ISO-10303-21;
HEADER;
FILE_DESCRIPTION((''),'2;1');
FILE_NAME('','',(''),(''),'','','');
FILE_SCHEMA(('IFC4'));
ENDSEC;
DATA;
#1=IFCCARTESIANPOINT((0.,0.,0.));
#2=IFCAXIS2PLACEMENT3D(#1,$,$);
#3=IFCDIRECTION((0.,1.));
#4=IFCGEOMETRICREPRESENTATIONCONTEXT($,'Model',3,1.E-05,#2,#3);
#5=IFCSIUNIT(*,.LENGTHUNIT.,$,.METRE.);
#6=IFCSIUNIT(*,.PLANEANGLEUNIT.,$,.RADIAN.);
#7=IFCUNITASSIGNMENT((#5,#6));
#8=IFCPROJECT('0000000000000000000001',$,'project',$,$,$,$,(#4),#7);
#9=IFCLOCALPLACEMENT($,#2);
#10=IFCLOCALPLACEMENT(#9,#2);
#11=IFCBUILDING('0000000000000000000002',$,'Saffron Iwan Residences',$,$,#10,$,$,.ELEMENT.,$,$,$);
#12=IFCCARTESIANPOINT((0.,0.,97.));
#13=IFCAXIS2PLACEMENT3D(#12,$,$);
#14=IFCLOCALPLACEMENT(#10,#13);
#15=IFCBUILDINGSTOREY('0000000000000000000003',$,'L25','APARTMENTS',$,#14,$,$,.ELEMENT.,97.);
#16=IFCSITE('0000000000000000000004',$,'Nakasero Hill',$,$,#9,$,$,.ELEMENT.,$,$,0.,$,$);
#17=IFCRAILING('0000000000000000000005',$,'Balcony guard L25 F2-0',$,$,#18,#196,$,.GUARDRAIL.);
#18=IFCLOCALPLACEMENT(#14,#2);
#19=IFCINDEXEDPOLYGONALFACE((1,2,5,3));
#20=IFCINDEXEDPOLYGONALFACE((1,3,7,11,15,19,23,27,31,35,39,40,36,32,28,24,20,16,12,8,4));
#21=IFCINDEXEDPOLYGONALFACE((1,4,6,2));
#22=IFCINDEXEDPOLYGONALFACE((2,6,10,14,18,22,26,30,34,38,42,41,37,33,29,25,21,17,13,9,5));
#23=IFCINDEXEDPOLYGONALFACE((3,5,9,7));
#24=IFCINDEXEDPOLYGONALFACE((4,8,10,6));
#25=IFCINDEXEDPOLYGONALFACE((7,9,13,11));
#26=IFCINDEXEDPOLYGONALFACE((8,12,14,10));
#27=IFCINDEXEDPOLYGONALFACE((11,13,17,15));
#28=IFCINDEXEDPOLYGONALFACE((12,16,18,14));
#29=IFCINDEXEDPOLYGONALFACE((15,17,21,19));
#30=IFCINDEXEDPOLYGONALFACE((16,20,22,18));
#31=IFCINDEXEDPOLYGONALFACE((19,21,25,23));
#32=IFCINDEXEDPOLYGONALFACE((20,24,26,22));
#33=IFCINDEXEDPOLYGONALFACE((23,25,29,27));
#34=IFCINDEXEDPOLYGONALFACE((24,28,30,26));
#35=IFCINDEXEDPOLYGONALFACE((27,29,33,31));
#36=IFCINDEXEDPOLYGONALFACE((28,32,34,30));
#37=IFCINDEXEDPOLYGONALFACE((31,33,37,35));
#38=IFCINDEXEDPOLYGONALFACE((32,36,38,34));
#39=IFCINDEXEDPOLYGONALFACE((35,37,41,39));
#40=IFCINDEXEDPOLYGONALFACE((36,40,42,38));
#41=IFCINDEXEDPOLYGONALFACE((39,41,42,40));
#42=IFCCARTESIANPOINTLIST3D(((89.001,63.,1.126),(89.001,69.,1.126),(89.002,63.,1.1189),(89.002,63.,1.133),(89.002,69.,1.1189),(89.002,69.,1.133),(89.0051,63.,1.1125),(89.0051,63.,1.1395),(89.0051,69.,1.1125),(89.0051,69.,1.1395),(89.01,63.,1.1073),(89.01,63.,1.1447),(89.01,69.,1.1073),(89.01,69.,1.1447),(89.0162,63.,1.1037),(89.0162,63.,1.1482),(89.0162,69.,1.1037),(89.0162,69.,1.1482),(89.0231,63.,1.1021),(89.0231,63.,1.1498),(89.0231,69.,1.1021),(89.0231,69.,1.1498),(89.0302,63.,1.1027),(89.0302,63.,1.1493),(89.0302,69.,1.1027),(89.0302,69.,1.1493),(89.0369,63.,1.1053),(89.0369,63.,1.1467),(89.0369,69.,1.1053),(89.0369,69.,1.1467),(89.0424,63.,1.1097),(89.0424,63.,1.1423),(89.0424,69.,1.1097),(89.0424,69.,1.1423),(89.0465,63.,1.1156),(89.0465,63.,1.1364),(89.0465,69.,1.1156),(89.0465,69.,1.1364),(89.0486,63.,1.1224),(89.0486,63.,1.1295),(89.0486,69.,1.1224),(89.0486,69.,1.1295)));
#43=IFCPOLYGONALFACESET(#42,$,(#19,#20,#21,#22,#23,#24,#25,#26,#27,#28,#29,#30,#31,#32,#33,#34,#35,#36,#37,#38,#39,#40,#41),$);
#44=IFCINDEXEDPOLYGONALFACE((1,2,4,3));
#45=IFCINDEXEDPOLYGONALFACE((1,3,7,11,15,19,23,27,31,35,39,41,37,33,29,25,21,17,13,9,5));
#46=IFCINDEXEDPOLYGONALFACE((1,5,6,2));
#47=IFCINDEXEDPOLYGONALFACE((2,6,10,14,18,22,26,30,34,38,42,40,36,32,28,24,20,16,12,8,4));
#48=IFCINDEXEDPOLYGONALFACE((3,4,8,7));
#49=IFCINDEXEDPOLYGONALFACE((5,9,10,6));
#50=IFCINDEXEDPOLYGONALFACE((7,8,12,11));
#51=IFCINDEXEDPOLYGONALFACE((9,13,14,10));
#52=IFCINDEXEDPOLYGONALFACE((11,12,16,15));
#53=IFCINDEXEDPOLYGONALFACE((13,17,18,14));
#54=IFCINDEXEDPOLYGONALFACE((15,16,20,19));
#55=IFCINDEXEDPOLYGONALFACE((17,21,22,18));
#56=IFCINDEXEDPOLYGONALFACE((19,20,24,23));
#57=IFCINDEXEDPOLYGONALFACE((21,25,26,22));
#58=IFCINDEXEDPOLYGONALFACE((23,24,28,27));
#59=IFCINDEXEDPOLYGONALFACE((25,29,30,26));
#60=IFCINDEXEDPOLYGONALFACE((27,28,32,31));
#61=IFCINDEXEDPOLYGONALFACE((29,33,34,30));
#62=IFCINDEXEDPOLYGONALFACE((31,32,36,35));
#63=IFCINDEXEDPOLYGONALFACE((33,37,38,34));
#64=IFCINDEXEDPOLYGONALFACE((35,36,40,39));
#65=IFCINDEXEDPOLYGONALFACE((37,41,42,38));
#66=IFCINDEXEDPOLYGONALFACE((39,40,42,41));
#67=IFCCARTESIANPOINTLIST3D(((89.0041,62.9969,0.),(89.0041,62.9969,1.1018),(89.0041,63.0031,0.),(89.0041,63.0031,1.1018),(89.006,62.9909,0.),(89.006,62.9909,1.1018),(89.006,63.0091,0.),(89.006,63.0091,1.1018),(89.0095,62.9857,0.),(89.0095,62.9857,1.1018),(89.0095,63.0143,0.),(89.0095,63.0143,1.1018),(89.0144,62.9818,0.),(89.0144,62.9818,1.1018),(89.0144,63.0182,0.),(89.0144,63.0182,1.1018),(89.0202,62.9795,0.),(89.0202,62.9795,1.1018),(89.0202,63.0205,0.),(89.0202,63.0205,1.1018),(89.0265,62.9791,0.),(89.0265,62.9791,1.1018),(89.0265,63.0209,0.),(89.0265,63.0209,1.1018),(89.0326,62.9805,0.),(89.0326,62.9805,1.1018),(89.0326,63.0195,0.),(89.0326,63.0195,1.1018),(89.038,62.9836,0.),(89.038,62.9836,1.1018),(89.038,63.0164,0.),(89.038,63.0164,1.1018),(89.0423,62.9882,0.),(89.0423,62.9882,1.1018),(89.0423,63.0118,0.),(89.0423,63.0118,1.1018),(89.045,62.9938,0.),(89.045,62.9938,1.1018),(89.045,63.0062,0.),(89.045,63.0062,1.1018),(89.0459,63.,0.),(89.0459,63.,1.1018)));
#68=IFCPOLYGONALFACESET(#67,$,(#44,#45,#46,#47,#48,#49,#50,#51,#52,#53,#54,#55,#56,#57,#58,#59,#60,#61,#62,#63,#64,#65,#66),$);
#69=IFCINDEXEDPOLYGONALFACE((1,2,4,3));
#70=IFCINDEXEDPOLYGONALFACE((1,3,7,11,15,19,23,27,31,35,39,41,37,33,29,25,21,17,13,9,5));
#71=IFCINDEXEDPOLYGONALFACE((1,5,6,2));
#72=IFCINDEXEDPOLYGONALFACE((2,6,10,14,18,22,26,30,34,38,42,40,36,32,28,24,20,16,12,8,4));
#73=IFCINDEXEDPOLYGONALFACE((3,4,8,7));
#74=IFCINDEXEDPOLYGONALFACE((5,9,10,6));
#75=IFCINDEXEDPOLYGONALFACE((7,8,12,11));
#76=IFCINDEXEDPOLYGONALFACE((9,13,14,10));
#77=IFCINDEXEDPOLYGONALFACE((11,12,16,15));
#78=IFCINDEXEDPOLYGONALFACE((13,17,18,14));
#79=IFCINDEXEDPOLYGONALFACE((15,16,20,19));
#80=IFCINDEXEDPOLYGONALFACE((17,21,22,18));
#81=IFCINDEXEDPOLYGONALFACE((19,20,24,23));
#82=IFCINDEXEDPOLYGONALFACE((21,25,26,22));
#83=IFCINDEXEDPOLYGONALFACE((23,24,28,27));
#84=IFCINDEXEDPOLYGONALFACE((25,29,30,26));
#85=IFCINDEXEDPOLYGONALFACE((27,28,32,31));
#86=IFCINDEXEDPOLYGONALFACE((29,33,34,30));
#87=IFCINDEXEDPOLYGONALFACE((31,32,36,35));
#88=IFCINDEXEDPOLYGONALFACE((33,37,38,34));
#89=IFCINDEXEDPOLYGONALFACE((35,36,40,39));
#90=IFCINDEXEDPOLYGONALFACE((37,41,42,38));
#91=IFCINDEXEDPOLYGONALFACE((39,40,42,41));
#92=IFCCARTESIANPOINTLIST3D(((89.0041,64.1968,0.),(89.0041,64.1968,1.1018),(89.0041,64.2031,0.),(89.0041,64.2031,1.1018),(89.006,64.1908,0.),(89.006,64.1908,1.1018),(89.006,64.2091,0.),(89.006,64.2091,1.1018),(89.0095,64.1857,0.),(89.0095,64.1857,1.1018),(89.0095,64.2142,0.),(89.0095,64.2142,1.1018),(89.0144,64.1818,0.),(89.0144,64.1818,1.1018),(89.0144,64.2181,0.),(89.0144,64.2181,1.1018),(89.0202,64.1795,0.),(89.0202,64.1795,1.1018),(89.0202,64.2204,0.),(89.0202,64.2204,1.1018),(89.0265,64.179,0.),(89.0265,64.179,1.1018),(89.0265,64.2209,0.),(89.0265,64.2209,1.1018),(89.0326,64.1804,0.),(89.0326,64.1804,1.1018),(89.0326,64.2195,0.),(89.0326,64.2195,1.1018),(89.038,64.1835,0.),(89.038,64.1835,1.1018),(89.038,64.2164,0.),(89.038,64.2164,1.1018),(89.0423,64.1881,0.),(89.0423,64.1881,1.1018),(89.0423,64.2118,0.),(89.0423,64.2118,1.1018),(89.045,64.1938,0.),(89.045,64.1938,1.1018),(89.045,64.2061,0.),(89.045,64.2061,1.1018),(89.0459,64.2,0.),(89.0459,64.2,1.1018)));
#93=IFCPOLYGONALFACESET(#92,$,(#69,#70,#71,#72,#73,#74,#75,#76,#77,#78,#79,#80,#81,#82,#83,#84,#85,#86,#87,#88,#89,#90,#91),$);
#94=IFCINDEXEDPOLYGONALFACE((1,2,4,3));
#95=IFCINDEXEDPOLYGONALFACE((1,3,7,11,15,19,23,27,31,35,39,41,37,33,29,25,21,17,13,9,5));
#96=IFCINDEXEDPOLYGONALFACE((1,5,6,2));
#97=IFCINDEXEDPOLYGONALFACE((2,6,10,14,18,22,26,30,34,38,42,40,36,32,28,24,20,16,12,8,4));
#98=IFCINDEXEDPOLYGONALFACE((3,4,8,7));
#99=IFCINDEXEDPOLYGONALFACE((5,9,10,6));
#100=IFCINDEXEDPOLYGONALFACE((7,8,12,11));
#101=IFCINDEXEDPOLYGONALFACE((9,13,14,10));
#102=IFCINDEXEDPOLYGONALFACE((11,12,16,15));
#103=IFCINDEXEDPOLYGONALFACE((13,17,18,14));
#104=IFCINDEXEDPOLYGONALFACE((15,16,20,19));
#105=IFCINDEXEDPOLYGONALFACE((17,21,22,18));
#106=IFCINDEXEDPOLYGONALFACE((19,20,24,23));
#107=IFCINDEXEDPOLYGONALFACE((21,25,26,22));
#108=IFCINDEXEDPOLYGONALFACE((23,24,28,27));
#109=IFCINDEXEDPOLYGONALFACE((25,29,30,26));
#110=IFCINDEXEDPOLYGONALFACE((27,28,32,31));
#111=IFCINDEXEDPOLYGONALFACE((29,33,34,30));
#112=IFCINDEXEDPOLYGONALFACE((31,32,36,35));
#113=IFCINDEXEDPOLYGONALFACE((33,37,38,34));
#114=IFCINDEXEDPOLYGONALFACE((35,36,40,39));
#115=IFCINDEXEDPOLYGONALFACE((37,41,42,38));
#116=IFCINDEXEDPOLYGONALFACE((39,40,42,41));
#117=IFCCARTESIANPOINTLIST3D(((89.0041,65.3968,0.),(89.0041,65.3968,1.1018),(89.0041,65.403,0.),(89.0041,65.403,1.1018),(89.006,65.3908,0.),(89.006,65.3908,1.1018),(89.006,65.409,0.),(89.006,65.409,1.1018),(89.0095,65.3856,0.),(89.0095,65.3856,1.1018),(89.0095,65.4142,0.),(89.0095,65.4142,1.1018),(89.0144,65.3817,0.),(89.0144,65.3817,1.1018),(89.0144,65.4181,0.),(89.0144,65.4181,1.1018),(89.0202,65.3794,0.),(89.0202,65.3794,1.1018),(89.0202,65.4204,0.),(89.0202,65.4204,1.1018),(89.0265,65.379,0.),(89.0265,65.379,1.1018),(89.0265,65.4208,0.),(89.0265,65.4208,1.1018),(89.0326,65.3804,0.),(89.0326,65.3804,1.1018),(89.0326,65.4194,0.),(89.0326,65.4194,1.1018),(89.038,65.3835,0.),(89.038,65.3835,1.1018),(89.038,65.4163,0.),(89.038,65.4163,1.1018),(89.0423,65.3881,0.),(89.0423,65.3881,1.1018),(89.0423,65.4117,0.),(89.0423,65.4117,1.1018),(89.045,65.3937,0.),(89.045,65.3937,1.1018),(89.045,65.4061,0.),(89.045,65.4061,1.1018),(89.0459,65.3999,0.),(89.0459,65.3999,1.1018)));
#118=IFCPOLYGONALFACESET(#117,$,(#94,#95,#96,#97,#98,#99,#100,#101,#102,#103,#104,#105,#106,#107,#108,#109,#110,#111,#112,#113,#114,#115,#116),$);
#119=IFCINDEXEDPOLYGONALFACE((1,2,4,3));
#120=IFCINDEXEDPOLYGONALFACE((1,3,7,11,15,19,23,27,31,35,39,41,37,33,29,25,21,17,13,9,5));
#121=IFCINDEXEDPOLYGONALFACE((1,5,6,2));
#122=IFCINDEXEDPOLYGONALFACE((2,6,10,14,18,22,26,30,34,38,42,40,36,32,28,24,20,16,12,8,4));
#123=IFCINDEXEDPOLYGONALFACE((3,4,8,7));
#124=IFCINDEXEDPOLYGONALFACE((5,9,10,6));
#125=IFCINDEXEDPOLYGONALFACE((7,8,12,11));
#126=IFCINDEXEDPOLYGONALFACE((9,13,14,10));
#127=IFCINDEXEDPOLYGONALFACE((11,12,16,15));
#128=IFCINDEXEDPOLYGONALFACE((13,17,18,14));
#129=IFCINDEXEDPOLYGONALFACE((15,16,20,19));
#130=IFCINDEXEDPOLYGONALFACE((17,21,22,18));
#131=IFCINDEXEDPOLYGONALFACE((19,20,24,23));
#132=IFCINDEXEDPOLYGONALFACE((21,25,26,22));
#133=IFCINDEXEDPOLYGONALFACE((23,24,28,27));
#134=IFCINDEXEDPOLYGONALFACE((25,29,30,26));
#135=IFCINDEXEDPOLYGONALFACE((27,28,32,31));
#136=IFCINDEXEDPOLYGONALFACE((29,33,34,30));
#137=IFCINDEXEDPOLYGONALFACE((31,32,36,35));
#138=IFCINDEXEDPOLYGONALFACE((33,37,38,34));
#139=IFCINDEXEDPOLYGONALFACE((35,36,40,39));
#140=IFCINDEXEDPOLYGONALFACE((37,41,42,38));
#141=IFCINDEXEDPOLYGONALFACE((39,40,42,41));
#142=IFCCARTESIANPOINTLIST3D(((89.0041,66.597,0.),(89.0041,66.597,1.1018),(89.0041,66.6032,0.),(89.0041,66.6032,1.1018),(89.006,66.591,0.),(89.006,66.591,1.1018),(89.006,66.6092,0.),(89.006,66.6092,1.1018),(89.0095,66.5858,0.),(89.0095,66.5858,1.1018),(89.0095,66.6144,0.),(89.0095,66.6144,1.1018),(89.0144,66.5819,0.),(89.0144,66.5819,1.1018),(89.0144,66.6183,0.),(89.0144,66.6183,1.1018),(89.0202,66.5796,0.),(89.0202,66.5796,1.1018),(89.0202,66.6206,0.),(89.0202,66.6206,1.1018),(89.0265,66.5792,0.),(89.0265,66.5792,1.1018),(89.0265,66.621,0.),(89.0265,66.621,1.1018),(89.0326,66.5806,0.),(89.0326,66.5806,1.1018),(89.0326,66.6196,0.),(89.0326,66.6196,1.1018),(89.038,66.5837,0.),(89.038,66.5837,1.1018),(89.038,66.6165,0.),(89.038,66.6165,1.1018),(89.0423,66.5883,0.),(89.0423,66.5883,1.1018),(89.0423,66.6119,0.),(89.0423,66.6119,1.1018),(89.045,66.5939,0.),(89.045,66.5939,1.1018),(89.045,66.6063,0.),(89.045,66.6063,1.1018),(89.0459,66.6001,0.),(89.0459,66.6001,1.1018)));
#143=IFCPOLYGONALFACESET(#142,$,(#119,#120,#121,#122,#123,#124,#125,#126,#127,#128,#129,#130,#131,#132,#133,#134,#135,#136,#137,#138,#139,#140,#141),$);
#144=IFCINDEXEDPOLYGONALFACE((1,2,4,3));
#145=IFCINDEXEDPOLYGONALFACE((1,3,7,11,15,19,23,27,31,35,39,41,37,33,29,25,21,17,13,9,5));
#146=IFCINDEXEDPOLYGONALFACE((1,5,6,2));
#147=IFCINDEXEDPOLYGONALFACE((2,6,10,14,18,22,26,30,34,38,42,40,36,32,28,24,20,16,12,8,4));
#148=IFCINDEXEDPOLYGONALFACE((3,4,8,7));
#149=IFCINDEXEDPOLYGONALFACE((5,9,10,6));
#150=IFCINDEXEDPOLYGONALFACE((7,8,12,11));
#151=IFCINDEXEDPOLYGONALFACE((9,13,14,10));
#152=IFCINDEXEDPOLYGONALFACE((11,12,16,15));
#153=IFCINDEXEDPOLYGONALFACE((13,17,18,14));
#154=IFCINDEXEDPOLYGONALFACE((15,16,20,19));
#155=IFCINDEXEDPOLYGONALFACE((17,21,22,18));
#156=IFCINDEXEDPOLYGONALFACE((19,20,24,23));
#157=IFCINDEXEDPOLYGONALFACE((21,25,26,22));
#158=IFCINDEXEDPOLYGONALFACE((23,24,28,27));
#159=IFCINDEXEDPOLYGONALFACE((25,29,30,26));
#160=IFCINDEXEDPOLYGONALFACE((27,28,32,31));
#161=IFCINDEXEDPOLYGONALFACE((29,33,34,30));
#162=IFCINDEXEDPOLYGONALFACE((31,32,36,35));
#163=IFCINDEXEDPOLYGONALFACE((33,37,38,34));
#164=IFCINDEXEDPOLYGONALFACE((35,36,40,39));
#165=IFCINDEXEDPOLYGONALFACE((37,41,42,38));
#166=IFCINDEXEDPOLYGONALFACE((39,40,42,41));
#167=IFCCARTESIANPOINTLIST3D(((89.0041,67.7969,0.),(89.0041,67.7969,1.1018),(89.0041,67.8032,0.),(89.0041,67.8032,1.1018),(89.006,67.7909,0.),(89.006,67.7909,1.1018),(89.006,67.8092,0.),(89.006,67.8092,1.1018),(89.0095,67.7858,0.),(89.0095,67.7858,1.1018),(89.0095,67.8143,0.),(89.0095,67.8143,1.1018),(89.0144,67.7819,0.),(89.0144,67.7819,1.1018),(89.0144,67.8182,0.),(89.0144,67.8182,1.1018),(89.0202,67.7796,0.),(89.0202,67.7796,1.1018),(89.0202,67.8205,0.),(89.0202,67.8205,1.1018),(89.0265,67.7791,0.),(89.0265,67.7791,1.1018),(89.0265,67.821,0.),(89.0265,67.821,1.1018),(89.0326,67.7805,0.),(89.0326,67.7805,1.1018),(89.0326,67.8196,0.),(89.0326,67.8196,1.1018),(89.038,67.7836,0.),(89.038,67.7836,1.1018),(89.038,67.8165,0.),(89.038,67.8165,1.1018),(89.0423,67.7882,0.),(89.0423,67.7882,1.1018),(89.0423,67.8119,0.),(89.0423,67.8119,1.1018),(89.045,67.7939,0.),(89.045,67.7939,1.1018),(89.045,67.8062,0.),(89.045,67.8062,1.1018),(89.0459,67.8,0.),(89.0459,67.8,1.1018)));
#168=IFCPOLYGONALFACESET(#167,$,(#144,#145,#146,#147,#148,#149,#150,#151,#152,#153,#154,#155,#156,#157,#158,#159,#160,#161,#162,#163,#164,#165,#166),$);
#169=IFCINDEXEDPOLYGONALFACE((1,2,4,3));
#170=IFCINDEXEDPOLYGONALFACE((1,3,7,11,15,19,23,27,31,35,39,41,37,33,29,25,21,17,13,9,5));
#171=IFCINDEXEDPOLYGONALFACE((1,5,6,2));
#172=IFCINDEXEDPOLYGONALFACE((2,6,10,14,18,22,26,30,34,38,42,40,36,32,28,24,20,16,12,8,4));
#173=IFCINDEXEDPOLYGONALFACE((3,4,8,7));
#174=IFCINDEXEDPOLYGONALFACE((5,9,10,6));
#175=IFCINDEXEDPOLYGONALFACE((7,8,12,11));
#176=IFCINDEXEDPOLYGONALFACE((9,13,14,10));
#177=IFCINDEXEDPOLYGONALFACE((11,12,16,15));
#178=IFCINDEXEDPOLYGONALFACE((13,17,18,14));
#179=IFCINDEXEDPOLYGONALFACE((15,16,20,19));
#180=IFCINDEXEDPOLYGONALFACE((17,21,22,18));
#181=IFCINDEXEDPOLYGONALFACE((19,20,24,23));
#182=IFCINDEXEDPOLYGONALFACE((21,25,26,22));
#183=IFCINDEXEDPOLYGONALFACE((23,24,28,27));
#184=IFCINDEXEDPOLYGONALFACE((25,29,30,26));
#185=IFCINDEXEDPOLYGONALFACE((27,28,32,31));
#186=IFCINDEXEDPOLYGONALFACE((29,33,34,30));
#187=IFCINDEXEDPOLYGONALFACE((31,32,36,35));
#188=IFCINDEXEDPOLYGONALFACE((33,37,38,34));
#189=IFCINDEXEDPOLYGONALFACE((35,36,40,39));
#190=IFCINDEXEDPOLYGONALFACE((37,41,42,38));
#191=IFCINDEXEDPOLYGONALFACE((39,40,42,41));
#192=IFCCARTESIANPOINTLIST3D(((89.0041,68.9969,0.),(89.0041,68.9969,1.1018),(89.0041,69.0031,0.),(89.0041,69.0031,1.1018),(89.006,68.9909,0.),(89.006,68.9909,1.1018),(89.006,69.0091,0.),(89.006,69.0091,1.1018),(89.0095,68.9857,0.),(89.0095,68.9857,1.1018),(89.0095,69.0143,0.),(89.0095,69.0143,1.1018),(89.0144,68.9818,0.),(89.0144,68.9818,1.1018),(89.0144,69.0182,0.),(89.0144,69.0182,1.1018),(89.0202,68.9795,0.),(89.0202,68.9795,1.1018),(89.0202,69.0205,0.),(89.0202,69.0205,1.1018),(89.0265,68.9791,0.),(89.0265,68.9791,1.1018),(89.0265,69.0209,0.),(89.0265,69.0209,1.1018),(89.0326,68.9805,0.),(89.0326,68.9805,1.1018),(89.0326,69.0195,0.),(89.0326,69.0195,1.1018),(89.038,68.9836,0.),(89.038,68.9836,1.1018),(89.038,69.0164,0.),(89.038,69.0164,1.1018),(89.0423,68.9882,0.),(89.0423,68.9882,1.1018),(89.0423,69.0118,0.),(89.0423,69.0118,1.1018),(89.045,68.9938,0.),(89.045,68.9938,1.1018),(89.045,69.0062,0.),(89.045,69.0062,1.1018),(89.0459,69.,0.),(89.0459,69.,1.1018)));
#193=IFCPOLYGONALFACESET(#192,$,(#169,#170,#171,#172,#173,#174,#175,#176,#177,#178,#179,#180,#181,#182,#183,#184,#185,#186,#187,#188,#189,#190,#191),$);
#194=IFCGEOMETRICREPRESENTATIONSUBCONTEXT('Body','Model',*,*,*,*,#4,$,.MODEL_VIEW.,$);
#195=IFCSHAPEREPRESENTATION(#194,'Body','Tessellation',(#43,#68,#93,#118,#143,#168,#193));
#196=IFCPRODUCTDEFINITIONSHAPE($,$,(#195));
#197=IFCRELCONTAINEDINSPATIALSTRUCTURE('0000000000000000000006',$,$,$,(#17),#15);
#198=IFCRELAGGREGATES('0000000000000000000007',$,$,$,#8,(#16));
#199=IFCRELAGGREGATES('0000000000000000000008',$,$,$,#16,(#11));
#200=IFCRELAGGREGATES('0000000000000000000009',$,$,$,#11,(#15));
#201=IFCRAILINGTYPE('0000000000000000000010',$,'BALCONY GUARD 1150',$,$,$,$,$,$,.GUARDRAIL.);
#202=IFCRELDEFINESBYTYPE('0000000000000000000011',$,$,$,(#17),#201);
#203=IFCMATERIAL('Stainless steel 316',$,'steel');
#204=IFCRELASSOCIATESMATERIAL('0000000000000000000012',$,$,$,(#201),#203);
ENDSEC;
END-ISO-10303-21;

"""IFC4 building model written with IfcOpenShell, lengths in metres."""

from ifc_helpers import new_model, si_unit, direction, frame, origin, origin_2d, place, context, subcontext, project, spatial, circle, extrude, material, type_object, element, save


model = new_model("IFC4")

# Units and contexts
model_context = context("Model", 3, precision=1e-05, world=origin(), true_north=direction((0.0, 1.0)))
body_context = subcontext(model_context, "Body", "Model", "MODEL_VIEW")
ifc_project = project(units=[si_unit("LENGTHUNIT", "METRE"), si_unit("PLANEANGLEUNIT", "RADIAN")], contexts=[model_context])

# Site, building, storey
site_placement = place(None, origin())
site = spatial("IfcSite", under=ifc_project, at=site_placement, Name="Nakasero Hill", CompositionType="ELEMENT", RefElevation=0.0)
building_placement = place(site_placement, origin())
building = spatial("IfcBuilding", under=site, at=building_placement, Name="Saffron Iwan Residences", CompositionType="ELEMENT")
storey_placement = place(building_placement, frame((0.0, 0.0, 97.0)))
storey = spatial("IfcBuildingStorey", under=building, at=storey_placement, Name="L25", Description="APARTMENTS", CompositionType="ELEMENT", Elevation=97.0)

# Railing
ifc_material_1 = material(Name="Stainless steel 316", Category="steel")
railing_type = type_object("IfcRailingType", Name="BALCONY GUARD 1150", PredefinedType="GUARDRAIL", material=ifc_material_1)
railing_placement = place(storey_placement, frame((89.0249, 63.0, 0.0)))
element("IfcRailing", 1, at=railing_placement, inside=storey, type_object=railing_type, Name="Balcony guard L25 F2-0", PredefinedType="GUARDRAIL", context=body_context, shape_type="SweptSolid", body=[
    extrude(circle(Radius=0.0239, at=origin_2d()), frame((0.0, 0.0, 1.126), z_axis=(0.0, 1.0, 0.0), x_axis=(-1.0, 0.0, 0.0)), (0.0, 0.0, 1.0), 6.0),
    extrude(circle(Radius=0.021, at=origin_2d()), origin(), (0.0, 0.0, 1.0), 1.1018),
    extrude(circle(Radius=0.021, at=origin_2d()), frame((0.0, 1.2, 0.0)), (0.0, 0.0, 1.0), 1.1018),
    extrude(circle(Radius=0.021, at=origin_2d()), frame((0.0, 2.3999, 0.0)), (0.0, 0.0, 1.0), 1.1018),
    extrude(circle(Radius=0.021, at=origin_2d()), frame((0.0, 3.6001, 0.0)), (0.0, 0.0, 1.0), 1.1018),
    extrude(circle(Radius=0.021, at=origin_2d()), frame((0.0, 4.8, 0.0)), (0.0, 0.0, 1.0), 1.1018),
    extrude(circle(Radius=0.021, at=origin_2d()), frame((0.0, 6.0, 0.0)), (0.0, 0.0, 1.0), 1.1018),
])

save(model, "model.ifc")
